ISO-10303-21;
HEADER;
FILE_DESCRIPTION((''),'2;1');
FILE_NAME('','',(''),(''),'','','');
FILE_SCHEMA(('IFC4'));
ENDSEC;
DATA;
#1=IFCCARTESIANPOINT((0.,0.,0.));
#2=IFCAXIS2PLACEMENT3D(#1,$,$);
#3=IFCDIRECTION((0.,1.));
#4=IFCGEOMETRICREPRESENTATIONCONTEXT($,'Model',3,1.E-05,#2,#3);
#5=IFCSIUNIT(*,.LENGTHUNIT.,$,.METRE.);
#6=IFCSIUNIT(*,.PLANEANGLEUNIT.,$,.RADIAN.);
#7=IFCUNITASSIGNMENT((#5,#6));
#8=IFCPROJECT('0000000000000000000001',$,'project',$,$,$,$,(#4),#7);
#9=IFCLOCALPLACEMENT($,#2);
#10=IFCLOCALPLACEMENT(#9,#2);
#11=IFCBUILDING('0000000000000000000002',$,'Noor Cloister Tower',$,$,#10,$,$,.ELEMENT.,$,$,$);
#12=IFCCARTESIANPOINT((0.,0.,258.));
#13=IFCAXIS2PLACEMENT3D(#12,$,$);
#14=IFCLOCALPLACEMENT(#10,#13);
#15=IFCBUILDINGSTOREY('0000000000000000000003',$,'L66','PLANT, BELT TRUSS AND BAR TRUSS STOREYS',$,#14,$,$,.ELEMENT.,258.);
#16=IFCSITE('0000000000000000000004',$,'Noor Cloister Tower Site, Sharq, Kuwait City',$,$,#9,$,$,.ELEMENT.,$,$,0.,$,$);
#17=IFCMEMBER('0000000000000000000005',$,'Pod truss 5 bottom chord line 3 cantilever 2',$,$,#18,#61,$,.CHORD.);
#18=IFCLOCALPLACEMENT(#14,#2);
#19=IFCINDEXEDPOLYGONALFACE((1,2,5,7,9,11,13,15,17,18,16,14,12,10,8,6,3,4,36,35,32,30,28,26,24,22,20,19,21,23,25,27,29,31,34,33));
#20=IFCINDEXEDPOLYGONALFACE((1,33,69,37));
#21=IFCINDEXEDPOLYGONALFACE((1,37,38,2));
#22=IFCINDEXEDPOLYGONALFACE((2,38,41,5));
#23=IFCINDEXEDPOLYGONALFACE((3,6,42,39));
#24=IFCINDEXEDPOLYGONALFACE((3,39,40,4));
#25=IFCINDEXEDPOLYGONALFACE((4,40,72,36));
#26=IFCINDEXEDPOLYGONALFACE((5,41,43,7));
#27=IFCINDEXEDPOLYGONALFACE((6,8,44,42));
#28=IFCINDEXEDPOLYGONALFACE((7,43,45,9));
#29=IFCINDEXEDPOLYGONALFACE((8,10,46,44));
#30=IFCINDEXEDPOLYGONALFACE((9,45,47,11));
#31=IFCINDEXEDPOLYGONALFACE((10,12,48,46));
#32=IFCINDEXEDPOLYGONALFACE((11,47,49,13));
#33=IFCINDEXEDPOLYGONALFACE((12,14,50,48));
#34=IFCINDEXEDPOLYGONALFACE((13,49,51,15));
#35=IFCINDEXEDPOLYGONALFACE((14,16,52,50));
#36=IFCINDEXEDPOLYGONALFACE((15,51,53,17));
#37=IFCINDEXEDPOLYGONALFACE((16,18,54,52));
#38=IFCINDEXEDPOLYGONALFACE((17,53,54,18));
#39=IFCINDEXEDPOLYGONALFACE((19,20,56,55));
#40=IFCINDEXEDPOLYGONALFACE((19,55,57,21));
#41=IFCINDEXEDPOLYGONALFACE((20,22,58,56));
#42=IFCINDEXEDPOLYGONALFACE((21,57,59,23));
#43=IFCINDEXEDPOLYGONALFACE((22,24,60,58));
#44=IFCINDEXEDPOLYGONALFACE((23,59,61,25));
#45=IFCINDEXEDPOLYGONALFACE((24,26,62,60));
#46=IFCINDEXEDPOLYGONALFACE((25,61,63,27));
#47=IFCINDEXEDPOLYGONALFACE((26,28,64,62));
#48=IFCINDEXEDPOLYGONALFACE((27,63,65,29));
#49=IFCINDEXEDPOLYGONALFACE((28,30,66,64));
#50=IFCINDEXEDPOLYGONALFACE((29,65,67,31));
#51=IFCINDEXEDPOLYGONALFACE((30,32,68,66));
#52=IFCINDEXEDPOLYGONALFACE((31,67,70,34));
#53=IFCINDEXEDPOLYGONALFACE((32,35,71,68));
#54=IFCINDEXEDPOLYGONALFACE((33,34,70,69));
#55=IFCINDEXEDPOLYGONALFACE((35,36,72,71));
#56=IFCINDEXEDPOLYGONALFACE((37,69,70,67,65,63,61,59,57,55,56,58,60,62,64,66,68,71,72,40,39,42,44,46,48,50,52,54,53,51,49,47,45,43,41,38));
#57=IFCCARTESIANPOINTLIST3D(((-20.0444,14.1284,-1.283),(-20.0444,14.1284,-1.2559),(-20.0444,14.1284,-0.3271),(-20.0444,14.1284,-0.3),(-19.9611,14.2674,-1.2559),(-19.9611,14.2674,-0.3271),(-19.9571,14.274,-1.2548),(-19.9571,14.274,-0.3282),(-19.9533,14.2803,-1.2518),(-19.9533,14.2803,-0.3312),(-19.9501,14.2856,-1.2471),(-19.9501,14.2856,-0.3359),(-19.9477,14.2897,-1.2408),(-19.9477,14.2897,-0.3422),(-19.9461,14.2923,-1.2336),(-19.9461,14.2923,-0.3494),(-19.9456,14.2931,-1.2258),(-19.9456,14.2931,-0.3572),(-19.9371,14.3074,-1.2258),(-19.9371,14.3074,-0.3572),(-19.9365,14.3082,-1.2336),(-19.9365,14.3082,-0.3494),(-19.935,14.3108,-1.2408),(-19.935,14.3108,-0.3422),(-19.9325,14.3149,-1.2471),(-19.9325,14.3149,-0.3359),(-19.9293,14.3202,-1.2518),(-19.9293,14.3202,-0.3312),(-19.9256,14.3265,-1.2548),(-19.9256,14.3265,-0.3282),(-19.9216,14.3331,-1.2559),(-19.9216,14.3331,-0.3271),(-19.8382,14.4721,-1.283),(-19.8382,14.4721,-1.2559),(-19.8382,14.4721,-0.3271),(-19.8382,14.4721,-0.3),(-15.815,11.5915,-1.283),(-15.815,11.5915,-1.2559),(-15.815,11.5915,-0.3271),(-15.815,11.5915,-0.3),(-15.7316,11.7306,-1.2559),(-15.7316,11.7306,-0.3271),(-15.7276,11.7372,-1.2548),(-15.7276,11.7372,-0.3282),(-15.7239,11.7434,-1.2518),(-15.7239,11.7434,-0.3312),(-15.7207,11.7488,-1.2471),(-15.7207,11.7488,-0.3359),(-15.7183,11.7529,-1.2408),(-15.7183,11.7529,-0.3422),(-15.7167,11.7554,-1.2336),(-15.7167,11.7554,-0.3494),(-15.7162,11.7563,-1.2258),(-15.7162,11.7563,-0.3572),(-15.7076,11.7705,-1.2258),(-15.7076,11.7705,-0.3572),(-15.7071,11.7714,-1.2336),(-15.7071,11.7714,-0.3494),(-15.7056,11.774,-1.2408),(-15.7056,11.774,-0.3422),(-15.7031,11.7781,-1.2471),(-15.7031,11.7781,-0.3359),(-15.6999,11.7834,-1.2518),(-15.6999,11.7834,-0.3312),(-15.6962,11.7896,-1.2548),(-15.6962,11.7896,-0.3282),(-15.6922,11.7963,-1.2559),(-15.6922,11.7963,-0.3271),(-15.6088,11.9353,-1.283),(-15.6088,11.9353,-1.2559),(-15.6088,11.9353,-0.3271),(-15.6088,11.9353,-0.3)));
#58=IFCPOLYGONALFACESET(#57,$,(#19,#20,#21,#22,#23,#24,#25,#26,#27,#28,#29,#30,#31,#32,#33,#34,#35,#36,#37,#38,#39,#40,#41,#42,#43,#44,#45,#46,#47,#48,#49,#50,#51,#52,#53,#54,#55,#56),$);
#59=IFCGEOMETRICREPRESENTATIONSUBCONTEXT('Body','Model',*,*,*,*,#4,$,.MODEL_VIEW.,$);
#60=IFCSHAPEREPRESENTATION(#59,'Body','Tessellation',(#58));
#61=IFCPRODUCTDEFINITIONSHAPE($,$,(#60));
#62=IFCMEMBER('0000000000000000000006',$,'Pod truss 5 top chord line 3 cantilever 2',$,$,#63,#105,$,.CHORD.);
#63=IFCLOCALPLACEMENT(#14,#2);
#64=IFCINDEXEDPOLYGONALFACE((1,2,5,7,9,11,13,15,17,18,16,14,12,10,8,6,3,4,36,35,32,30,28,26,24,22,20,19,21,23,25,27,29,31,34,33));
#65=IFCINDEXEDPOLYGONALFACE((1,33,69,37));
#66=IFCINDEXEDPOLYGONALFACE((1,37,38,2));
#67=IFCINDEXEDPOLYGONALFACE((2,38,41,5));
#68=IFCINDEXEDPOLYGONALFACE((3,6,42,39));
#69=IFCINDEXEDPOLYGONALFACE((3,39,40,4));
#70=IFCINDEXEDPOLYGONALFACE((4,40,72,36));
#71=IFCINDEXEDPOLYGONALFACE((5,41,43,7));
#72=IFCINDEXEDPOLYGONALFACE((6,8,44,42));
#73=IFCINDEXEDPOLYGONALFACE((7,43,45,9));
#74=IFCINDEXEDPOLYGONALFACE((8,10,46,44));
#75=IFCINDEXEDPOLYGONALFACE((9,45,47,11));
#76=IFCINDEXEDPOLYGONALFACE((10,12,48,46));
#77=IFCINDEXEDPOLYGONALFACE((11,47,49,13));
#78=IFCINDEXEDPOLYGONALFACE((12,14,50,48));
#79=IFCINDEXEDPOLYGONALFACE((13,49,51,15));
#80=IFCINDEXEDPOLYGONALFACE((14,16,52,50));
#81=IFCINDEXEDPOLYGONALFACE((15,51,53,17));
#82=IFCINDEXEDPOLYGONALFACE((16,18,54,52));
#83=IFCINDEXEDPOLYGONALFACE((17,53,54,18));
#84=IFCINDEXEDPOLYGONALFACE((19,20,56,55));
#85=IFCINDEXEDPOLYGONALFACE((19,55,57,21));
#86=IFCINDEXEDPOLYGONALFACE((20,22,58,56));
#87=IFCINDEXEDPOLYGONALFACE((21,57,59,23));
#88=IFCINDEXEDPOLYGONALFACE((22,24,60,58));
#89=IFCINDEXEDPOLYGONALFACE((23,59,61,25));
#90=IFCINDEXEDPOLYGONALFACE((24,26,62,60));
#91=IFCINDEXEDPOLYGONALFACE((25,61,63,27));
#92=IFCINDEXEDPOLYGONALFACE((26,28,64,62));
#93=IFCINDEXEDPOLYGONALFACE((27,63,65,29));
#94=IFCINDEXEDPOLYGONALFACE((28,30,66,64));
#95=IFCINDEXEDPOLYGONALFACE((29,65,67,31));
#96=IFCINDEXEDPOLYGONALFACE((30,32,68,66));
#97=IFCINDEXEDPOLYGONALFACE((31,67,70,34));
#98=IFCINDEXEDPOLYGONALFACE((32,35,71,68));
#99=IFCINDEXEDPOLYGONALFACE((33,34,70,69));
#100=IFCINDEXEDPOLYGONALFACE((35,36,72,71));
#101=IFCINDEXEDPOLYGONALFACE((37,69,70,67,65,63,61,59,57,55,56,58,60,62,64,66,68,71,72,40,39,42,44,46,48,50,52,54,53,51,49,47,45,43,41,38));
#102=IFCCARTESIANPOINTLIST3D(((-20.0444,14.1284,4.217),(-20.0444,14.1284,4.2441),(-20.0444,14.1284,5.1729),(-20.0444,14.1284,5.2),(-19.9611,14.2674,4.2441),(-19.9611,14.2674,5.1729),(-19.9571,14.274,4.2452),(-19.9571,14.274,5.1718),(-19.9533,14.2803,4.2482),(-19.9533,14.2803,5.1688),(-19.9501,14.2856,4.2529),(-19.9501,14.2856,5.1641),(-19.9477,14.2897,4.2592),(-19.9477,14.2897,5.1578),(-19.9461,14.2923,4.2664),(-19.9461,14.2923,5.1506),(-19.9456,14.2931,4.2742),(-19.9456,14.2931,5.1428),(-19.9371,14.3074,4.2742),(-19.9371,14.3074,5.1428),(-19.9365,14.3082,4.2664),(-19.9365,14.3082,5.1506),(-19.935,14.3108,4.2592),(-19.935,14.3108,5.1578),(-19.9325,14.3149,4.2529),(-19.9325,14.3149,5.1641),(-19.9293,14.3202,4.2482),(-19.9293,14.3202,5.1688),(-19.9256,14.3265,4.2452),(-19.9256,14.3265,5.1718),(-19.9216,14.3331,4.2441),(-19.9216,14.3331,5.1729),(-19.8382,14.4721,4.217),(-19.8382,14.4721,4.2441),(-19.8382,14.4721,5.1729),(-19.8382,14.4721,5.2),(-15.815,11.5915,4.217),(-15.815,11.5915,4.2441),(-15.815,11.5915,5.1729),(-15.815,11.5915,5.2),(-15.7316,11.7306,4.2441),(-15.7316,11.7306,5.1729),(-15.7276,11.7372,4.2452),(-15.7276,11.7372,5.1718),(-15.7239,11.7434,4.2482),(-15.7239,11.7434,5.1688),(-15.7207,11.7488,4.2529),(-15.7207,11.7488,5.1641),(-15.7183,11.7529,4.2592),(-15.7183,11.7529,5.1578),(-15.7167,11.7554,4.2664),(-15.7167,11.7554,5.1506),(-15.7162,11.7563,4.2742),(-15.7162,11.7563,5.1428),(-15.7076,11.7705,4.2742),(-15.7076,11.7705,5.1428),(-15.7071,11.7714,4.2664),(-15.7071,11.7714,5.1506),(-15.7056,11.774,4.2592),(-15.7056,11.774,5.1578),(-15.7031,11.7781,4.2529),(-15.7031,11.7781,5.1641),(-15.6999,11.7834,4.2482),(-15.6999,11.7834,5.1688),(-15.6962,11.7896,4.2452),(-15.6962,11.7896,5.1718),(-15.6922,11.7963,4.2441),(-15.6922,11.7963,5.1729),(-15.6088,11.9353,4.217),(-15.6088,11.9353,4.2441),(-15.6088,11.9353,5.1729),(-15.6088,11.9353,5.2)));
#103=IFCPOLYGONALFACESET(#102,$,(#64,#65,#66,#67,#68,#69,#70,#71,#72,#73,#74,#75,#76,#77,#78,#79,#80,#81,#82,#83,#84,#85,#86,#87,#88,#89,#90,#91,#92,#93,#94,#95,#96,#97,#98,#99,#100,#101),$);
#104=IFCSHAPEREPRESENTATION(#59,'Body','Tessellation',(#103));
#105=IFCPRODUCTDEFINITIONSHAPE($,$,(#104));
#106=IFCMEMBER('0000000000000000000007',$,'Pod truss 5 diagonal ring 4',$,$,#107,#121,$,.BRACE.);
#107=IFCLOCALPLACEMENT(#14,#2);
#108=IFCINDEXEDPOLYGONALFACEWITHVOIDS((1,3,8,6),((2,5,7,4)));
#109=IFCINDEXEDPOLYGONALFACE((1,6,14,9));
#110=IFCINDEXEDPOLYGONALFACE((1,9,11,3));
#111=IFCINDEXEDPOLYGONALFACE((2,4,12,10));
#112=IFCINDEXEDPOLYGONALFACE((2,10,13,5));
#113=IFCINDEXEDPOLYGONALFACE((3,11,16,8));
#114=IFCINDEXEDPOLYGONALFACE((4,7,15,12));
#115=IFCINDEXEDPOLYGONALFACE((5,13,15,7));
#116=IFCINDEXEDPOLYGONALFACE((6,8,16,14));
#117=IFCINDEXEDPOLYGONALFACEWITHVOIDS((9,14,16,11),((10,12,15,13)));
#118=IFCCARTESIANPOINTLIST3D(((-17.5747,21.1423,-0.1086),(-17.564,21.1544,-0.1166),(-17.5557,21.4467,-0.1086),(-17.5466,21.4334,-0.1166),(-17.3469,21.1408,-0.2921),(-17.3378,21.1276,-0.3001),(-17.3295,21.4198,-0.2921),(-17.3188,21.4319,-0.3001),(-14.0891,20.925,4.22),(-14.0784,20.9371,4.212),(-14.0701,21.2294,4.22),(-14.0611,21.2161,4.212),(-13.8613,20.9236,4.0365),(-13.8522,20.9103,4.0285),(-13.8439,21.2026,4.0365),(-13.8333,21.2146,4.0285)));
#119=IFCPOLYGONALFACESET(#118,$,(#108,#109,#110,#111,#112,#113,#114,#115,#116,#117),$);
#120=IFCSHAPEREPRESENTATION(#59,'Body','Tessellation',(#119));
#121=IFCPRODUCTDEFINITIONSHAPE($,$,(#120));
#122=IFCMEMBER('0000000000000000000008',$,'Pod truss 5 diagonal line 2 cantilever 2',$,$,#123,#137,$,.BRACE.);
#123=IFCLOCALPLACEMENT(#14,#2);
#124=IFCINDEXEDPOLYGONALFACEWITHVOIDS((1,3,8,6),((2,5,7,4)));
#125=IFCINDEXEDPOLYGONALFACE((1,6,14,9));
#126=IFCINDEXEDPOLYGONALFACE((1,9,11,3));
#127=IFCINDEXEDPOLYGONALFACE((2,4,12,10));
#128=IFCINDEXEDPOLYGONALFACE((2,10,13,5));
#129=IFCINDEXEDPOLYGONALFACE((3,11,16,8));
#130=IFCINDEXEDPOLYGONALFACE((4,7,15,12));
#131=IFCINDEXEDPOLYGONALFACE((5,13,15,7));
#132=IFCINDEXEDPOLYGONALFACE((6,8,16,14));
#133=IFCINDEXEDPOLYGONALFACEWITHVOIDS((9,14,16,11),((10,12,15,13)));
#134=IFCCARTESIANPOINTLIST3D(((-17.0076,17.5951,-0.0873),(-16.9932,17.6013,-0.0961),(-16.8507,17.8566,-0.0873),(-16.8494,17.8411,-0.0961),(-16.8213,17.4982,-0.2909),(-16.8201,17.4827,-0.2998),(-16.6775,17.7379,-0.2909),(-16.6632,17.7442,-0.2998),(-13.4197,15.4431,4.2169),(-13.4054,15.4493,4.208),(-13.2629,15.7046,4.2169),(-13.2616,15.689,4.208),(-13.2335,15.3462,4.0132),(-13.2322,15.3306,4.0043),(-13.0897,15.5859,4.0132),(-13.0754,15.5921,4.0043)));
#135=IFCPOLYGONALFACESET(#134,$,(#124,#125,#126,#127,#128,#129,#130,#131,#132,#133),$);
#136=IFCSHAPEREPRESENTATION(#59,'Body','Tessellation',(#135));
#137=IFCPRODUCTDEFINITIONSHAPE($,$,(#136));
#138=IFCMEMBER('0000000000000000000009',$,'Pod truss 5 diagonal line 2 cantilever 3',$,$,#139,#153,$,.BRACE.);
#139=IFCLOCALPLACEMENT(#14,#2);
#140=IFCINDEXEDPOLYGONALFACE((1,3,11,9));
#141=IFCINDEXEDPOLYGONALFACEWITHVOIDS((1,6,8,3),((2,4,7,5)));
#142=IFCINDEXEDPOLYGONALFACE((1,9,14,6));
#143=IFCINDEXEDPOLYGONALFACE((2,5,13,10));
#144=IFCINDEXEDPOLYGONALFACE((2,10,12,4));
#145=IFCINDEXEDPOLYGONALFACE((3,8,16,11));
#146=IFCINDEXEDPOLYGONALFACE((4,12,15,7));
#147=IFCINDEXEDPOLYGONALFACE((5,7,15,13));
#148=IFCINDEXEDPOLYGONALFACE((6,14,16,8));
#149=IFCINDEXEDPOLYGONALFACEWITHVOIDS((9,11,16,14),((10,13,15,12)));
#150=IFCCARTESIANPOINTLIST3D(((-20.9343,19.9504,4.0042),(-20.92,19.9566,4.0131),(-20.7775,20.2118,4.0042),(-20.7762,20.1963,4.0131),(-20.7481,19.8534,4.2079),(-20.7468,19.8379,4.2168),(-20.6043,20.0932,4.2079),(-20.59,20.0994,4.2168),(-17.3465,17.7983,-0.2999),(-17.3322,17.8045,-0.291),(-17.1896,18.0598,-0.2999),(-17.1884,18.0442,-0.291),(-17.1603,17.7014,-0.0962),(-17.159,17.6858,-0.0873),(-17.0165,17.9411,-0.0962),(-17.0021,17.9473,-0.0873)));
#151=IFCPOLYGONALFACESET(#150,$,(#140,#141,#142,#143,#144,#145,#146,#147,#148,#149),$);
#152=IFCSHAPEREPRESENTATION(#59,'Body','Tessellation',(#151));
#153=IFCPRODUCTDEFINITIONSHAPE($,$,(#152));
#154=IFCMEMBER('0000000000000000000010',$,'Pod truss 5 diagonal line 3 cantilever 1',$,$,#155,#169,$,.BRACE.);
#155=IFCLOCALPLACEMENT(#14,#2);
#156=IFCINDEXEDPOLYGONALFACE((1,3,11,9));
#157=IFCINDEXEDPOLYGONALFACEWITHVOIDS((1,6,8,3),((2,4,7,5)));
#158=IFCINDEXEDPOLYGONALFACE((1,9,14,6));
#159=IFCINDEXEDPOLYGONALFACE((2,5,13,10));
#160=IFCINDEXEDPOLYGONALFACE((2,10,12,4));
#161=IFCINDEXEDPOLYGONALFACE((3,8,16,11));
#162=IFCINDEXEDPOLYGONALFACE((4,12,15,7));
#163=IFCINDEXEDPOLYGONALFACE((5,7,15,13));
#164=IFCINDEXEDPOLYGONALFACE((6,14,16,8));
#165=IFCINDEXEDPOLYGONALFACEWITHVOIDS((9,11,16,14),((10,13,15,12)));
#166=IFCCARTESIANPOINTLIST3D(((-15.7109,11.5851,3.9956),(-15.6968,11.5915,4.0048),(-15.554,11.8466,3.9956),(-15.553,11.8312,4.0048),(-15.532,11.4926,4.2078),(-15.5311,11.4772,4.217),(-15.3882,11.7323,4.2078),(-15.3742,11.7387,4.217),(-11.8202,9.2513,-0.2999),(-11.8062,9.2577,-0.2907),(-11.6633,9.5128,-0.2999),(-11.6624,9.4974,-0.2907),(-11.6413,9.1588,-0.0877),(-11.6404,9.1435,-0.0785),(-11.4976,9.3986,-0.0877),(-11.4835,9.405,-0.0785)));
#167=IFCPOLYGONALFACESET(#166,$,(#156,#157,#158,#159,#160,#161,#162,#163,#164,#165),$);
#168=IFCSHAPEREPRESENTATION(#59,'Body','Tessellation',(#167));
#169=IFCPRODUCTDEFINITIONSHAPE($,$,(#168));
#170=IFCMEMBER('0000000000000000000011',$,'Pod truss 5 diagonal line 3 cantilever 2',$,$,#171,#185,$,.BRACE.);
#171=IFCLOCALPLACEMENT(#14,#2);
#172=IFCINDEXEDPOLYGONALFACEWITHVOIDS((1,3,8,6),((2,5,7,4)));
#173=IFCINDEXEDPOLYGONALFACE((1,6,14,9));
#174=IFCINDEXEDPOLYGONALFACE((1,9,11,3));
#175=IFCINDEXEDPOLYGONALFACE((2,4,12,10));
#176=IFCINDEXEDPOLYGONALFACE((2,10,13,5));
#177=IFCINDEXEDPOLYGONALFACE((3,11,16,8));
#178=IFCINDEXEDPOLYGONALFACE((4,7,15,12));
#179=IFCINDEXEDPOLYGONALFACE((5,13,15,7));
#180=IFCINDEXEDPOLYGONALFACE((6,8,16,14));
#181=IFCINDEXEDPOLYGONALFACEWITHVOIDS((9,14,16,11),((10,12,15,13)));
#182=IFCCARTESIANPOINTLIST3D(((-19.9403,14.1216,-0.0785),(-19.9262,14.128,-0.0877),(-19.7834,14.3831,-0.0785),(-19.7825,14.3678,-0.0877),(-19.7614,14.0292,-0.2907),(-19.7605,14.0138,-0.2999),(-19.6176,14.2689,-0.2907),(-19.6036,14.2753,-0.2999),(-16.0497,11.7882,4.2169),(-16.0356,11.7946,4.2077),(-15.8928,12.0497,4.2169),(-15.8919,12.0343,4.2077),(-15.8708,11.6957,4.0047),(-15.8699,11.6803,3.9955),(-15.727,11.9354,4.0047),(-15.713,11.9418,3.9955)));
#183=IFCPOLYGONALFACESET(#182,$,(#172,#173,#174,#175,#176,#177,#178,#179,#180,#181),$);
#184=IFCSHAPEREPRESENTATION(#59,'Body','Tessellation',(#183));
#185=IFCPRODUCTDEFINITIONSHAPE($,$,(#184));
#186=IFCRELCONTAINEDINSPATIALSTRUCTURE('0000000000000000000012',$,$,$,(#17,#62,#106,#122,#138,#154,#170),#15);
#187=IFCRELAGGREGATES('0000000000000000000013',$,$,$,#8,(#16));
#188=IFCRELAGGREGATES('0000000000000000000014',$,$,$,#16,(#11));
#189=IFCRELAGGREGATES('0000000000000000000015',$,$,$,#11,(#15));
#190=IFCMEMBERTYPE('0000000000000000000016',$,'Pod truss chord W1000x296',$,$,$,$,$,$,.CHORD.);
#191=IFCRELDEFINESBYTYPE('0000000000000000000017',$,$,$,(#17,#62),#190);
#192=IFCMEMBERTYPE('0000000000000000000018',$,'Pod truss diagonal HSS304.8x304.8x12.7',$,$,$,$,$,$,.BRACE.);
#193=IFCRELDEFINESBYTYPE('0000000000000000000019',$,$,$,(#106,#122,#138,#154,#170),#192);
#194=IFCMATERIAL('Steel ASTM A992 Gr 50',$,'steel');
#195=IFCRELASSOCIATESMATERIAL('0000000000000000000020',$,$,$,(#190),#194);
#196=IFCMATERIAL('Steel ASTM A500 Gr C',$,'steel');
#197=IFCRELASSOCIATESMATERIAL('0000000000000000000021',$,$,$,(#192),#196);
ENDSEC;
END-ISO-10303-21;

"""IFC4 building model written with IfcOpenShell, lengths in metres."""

from ifc_helpers import new_model, si_unit, direction, frame, origin, origin_2d, place, context, subcontext, project, spatial, hollow_rectangle, i_section, extrude, material, material_profile, profile_set, type_object, element, save


model = new_model("IFC4")

# Units and contexts
model_context = context("Model", 3, precision=1e-05, world=origin(), true_north=direction((0.0, 1.0)))
body_context = subcontext(model_context, "Body", "Model", "MODEL_VIEW")
ifc_project = project(units=[si_unit("LENGTHUNIT", "METRE"), si_unit("PLANEANGLEUNIT", "RADIAN")], contexts=[model_context])

# Site, building, storey
site_placement = place(None, origin())
site = spatial("IfcSite", under=ifc_project, at=site_placement, Name="Noor Cloister Tower Site, Sharq, Kuwait City", CompositionType="ELEMENT", RefElevation=0.0)
building_placement = place(site_placement, origin())
building = spatial("IfcBuilding", under=site, at=building_placement, Name="Noor Cloister Tower", CompositionType="ELEMENT")
storey_placement = place(building_placement, frame((0.0, 0.0, 258.0)))
storey = spatial("IfcBuildingStorey", under=building, at=storey_placement, Name="L66", Description="PLANT, BELT TRUSS AND BAR TRUSS STOREYS", CompositionType="ELEMENT", Elevation=258.0)

# Members
ifc_material_1 = material(Name="Steel ASTM A992 Gr 50", Category="steel")
ifc_material_profile_1 = material_profile(ifc_material_1, i_section(OverallWidth=0.4009, OverallDepth=0.9829, WebThickness=0.0166, FlangeThickness=0.0271, FilletRadius=0.03, at=origin_2d()), Name="W1000x296")
ifc_profile_set_1 = profile_set([ifc_material_profile_1], Name="Steel ASTM A992 Gr 50")
member_type_1 = type_object("IfcMemberType", Name="Pod truss chord W1000x296", PredefinedType="CHORD", material=ifc_profile_set_1)
for number, where, z_axis, x_axis, name in (
    (1, (-15.7119, 11.7634, -0.7915), (-0.857567, 0.514372, 0.0), (-0.514372, -0.857567, 0.0), "Pod truss 5 bottom chord line 3 cantilever 2"),
    (2, (-15.7119, 11.7634, 4.7085), (-0.857567, 0.514372, 0.0), (-0.514372, -0.857567, 0.0), "Pod truss 5 top chord line 3 cantilever 2"),
):
    element("IfcMember", number, at=place(storey_placement, frame(where, z_axis=z_axis, x_axis=x_axis)), inside=storey, type_object=member_type_1, Name=name, PredefinedType="CHORD", context=body_context, shape_type="SweptSolid", body=[
        extrude(i_section(OverallWidth=0.4009, OverallDepth=0.9829, WebThickness=0.0166, FlangeThickness=0.0271, FilletRadius=0.03, at=origin_2d()), origin(), (0.0, 0.0, 1.0), 4.9319),
    ])
ifc_material_2 = material(Name="Steel ASTM A500 Gr C", Category="steel")
ifc_material_profile_2 = material_profile(ifc_material_2, hollow_rectangle(XDim=0.3049, YDim=0.3049, WallThickness=0.0127, at=origin_2d()), Name="HSS304.8x304.8x12.7")
ifc_profile_set_2 = profile_set([ifc_material_profile_2], Name="Steel ASTM A500 Gr C")
member_type_2 = type_object("IfcMemberType", Name="Pod truss diagonal HSS304.8x304.8x12.7", PredefinedType="BRACE", material=ifc_profile_set_2)
member_1_placement = place(storey_placement, frame((-13.9612, 21.0698, 4.1243), z_axis=(-0.626704, 0.039068, -0.778277), x_axis=(-0.062217, -0.998063, 0.0)))
element("IfcMember", 3, at=member_1_placement, inside=storey, type_object=member_type_2, Name="Pod truss 5 diagonal ring 4", PredefinedType="BRACE", context=body_context, shape_type="SweptSolid", body=[
    extrude(hollow_rectangle(XDim=0.3049, YDim=0.3049, WallThickness=0.0127, at=origin_2d()), origin(), (0.0, 0.0, 1.0), 5.5618),
])
for number, where, z_axis, x_axis, name in (
    (4, (-13.2476, 15.5176, 4.1106), (-0.597728, 0.358531, -0.717062), (-0.514384, -0.85756, 0.0), "Pod truss 5 diagonal line 2 cantilever 2"),
    (5, (-17.1743, 17.8728, -0.1936), (-0.597728, 0.358531, 0.717062), (-0.514384, -0.85756, 0.0), "Pod truss 5 diagonal line 2 cantilever 3"),
):
    element("IfcMember", number, at=place(storey_placement, frame(where, z_axis=z_axis, x_axis=x_axis)), inside=storey, type_object=member_type_2, Name=name, PredefinedType="BRACE", context=body_context, shape_type="SweptSolid", body=[
        extrude(hollow_rectangle(XDim=0.3049, YDim=0.3049, WallThickness=0.0127, at=origin_2d()), origin(), (0.0, 0.0, 1.0), 6.0024),
    ])
member_2_placement = place(storey_placement, frame((-11.6519, 9.3281, -0.1892), z_axis=(-0.622728, 0.373535, 0.687518), x_axis=(-0.514393, -0.857555, 0.0)))
element("IfcMember", 6, at=member_2_placement, inside=storey, type_object=member_type_2, Name="Pod truss 5 diagonal line 3 cantilever 1", PredefinedType="BRACE", context=body_context, shape_type="SweptSolid", body=[
    extrude(hollow_rectangle(XDim=0.3049, YDim=0.3049, WallThickness=0.0127, at=origin_2d()), origin(), (0.0, 0.0, 1.0), 6.2478),
])
member_3_placement = place(storey_placement, frame((-15.8813, 11.865, 4.1062), z_axis=(-0.622737, 0.373502, -0.687528), x_axis=(-0.514353, -0.857578, 0.0)))
element("IfcMember", 7, at=member_3_placement, inside=storey, type_object=member_type_2, Name="Pod truss 5 diagonal line 3 cantilever 2", PredefinedType="BRACE", context=body_context, shape_type="SweptSolid", body=[
    extrude(hollow_rectangle(XDim=0.3049, YDim=0.3049, WallThickness=0.0127, at=origin_2d()), origin(), (0.0, 0.0, 1.0), 6.2476),
])

save(model, "model.ifc")
